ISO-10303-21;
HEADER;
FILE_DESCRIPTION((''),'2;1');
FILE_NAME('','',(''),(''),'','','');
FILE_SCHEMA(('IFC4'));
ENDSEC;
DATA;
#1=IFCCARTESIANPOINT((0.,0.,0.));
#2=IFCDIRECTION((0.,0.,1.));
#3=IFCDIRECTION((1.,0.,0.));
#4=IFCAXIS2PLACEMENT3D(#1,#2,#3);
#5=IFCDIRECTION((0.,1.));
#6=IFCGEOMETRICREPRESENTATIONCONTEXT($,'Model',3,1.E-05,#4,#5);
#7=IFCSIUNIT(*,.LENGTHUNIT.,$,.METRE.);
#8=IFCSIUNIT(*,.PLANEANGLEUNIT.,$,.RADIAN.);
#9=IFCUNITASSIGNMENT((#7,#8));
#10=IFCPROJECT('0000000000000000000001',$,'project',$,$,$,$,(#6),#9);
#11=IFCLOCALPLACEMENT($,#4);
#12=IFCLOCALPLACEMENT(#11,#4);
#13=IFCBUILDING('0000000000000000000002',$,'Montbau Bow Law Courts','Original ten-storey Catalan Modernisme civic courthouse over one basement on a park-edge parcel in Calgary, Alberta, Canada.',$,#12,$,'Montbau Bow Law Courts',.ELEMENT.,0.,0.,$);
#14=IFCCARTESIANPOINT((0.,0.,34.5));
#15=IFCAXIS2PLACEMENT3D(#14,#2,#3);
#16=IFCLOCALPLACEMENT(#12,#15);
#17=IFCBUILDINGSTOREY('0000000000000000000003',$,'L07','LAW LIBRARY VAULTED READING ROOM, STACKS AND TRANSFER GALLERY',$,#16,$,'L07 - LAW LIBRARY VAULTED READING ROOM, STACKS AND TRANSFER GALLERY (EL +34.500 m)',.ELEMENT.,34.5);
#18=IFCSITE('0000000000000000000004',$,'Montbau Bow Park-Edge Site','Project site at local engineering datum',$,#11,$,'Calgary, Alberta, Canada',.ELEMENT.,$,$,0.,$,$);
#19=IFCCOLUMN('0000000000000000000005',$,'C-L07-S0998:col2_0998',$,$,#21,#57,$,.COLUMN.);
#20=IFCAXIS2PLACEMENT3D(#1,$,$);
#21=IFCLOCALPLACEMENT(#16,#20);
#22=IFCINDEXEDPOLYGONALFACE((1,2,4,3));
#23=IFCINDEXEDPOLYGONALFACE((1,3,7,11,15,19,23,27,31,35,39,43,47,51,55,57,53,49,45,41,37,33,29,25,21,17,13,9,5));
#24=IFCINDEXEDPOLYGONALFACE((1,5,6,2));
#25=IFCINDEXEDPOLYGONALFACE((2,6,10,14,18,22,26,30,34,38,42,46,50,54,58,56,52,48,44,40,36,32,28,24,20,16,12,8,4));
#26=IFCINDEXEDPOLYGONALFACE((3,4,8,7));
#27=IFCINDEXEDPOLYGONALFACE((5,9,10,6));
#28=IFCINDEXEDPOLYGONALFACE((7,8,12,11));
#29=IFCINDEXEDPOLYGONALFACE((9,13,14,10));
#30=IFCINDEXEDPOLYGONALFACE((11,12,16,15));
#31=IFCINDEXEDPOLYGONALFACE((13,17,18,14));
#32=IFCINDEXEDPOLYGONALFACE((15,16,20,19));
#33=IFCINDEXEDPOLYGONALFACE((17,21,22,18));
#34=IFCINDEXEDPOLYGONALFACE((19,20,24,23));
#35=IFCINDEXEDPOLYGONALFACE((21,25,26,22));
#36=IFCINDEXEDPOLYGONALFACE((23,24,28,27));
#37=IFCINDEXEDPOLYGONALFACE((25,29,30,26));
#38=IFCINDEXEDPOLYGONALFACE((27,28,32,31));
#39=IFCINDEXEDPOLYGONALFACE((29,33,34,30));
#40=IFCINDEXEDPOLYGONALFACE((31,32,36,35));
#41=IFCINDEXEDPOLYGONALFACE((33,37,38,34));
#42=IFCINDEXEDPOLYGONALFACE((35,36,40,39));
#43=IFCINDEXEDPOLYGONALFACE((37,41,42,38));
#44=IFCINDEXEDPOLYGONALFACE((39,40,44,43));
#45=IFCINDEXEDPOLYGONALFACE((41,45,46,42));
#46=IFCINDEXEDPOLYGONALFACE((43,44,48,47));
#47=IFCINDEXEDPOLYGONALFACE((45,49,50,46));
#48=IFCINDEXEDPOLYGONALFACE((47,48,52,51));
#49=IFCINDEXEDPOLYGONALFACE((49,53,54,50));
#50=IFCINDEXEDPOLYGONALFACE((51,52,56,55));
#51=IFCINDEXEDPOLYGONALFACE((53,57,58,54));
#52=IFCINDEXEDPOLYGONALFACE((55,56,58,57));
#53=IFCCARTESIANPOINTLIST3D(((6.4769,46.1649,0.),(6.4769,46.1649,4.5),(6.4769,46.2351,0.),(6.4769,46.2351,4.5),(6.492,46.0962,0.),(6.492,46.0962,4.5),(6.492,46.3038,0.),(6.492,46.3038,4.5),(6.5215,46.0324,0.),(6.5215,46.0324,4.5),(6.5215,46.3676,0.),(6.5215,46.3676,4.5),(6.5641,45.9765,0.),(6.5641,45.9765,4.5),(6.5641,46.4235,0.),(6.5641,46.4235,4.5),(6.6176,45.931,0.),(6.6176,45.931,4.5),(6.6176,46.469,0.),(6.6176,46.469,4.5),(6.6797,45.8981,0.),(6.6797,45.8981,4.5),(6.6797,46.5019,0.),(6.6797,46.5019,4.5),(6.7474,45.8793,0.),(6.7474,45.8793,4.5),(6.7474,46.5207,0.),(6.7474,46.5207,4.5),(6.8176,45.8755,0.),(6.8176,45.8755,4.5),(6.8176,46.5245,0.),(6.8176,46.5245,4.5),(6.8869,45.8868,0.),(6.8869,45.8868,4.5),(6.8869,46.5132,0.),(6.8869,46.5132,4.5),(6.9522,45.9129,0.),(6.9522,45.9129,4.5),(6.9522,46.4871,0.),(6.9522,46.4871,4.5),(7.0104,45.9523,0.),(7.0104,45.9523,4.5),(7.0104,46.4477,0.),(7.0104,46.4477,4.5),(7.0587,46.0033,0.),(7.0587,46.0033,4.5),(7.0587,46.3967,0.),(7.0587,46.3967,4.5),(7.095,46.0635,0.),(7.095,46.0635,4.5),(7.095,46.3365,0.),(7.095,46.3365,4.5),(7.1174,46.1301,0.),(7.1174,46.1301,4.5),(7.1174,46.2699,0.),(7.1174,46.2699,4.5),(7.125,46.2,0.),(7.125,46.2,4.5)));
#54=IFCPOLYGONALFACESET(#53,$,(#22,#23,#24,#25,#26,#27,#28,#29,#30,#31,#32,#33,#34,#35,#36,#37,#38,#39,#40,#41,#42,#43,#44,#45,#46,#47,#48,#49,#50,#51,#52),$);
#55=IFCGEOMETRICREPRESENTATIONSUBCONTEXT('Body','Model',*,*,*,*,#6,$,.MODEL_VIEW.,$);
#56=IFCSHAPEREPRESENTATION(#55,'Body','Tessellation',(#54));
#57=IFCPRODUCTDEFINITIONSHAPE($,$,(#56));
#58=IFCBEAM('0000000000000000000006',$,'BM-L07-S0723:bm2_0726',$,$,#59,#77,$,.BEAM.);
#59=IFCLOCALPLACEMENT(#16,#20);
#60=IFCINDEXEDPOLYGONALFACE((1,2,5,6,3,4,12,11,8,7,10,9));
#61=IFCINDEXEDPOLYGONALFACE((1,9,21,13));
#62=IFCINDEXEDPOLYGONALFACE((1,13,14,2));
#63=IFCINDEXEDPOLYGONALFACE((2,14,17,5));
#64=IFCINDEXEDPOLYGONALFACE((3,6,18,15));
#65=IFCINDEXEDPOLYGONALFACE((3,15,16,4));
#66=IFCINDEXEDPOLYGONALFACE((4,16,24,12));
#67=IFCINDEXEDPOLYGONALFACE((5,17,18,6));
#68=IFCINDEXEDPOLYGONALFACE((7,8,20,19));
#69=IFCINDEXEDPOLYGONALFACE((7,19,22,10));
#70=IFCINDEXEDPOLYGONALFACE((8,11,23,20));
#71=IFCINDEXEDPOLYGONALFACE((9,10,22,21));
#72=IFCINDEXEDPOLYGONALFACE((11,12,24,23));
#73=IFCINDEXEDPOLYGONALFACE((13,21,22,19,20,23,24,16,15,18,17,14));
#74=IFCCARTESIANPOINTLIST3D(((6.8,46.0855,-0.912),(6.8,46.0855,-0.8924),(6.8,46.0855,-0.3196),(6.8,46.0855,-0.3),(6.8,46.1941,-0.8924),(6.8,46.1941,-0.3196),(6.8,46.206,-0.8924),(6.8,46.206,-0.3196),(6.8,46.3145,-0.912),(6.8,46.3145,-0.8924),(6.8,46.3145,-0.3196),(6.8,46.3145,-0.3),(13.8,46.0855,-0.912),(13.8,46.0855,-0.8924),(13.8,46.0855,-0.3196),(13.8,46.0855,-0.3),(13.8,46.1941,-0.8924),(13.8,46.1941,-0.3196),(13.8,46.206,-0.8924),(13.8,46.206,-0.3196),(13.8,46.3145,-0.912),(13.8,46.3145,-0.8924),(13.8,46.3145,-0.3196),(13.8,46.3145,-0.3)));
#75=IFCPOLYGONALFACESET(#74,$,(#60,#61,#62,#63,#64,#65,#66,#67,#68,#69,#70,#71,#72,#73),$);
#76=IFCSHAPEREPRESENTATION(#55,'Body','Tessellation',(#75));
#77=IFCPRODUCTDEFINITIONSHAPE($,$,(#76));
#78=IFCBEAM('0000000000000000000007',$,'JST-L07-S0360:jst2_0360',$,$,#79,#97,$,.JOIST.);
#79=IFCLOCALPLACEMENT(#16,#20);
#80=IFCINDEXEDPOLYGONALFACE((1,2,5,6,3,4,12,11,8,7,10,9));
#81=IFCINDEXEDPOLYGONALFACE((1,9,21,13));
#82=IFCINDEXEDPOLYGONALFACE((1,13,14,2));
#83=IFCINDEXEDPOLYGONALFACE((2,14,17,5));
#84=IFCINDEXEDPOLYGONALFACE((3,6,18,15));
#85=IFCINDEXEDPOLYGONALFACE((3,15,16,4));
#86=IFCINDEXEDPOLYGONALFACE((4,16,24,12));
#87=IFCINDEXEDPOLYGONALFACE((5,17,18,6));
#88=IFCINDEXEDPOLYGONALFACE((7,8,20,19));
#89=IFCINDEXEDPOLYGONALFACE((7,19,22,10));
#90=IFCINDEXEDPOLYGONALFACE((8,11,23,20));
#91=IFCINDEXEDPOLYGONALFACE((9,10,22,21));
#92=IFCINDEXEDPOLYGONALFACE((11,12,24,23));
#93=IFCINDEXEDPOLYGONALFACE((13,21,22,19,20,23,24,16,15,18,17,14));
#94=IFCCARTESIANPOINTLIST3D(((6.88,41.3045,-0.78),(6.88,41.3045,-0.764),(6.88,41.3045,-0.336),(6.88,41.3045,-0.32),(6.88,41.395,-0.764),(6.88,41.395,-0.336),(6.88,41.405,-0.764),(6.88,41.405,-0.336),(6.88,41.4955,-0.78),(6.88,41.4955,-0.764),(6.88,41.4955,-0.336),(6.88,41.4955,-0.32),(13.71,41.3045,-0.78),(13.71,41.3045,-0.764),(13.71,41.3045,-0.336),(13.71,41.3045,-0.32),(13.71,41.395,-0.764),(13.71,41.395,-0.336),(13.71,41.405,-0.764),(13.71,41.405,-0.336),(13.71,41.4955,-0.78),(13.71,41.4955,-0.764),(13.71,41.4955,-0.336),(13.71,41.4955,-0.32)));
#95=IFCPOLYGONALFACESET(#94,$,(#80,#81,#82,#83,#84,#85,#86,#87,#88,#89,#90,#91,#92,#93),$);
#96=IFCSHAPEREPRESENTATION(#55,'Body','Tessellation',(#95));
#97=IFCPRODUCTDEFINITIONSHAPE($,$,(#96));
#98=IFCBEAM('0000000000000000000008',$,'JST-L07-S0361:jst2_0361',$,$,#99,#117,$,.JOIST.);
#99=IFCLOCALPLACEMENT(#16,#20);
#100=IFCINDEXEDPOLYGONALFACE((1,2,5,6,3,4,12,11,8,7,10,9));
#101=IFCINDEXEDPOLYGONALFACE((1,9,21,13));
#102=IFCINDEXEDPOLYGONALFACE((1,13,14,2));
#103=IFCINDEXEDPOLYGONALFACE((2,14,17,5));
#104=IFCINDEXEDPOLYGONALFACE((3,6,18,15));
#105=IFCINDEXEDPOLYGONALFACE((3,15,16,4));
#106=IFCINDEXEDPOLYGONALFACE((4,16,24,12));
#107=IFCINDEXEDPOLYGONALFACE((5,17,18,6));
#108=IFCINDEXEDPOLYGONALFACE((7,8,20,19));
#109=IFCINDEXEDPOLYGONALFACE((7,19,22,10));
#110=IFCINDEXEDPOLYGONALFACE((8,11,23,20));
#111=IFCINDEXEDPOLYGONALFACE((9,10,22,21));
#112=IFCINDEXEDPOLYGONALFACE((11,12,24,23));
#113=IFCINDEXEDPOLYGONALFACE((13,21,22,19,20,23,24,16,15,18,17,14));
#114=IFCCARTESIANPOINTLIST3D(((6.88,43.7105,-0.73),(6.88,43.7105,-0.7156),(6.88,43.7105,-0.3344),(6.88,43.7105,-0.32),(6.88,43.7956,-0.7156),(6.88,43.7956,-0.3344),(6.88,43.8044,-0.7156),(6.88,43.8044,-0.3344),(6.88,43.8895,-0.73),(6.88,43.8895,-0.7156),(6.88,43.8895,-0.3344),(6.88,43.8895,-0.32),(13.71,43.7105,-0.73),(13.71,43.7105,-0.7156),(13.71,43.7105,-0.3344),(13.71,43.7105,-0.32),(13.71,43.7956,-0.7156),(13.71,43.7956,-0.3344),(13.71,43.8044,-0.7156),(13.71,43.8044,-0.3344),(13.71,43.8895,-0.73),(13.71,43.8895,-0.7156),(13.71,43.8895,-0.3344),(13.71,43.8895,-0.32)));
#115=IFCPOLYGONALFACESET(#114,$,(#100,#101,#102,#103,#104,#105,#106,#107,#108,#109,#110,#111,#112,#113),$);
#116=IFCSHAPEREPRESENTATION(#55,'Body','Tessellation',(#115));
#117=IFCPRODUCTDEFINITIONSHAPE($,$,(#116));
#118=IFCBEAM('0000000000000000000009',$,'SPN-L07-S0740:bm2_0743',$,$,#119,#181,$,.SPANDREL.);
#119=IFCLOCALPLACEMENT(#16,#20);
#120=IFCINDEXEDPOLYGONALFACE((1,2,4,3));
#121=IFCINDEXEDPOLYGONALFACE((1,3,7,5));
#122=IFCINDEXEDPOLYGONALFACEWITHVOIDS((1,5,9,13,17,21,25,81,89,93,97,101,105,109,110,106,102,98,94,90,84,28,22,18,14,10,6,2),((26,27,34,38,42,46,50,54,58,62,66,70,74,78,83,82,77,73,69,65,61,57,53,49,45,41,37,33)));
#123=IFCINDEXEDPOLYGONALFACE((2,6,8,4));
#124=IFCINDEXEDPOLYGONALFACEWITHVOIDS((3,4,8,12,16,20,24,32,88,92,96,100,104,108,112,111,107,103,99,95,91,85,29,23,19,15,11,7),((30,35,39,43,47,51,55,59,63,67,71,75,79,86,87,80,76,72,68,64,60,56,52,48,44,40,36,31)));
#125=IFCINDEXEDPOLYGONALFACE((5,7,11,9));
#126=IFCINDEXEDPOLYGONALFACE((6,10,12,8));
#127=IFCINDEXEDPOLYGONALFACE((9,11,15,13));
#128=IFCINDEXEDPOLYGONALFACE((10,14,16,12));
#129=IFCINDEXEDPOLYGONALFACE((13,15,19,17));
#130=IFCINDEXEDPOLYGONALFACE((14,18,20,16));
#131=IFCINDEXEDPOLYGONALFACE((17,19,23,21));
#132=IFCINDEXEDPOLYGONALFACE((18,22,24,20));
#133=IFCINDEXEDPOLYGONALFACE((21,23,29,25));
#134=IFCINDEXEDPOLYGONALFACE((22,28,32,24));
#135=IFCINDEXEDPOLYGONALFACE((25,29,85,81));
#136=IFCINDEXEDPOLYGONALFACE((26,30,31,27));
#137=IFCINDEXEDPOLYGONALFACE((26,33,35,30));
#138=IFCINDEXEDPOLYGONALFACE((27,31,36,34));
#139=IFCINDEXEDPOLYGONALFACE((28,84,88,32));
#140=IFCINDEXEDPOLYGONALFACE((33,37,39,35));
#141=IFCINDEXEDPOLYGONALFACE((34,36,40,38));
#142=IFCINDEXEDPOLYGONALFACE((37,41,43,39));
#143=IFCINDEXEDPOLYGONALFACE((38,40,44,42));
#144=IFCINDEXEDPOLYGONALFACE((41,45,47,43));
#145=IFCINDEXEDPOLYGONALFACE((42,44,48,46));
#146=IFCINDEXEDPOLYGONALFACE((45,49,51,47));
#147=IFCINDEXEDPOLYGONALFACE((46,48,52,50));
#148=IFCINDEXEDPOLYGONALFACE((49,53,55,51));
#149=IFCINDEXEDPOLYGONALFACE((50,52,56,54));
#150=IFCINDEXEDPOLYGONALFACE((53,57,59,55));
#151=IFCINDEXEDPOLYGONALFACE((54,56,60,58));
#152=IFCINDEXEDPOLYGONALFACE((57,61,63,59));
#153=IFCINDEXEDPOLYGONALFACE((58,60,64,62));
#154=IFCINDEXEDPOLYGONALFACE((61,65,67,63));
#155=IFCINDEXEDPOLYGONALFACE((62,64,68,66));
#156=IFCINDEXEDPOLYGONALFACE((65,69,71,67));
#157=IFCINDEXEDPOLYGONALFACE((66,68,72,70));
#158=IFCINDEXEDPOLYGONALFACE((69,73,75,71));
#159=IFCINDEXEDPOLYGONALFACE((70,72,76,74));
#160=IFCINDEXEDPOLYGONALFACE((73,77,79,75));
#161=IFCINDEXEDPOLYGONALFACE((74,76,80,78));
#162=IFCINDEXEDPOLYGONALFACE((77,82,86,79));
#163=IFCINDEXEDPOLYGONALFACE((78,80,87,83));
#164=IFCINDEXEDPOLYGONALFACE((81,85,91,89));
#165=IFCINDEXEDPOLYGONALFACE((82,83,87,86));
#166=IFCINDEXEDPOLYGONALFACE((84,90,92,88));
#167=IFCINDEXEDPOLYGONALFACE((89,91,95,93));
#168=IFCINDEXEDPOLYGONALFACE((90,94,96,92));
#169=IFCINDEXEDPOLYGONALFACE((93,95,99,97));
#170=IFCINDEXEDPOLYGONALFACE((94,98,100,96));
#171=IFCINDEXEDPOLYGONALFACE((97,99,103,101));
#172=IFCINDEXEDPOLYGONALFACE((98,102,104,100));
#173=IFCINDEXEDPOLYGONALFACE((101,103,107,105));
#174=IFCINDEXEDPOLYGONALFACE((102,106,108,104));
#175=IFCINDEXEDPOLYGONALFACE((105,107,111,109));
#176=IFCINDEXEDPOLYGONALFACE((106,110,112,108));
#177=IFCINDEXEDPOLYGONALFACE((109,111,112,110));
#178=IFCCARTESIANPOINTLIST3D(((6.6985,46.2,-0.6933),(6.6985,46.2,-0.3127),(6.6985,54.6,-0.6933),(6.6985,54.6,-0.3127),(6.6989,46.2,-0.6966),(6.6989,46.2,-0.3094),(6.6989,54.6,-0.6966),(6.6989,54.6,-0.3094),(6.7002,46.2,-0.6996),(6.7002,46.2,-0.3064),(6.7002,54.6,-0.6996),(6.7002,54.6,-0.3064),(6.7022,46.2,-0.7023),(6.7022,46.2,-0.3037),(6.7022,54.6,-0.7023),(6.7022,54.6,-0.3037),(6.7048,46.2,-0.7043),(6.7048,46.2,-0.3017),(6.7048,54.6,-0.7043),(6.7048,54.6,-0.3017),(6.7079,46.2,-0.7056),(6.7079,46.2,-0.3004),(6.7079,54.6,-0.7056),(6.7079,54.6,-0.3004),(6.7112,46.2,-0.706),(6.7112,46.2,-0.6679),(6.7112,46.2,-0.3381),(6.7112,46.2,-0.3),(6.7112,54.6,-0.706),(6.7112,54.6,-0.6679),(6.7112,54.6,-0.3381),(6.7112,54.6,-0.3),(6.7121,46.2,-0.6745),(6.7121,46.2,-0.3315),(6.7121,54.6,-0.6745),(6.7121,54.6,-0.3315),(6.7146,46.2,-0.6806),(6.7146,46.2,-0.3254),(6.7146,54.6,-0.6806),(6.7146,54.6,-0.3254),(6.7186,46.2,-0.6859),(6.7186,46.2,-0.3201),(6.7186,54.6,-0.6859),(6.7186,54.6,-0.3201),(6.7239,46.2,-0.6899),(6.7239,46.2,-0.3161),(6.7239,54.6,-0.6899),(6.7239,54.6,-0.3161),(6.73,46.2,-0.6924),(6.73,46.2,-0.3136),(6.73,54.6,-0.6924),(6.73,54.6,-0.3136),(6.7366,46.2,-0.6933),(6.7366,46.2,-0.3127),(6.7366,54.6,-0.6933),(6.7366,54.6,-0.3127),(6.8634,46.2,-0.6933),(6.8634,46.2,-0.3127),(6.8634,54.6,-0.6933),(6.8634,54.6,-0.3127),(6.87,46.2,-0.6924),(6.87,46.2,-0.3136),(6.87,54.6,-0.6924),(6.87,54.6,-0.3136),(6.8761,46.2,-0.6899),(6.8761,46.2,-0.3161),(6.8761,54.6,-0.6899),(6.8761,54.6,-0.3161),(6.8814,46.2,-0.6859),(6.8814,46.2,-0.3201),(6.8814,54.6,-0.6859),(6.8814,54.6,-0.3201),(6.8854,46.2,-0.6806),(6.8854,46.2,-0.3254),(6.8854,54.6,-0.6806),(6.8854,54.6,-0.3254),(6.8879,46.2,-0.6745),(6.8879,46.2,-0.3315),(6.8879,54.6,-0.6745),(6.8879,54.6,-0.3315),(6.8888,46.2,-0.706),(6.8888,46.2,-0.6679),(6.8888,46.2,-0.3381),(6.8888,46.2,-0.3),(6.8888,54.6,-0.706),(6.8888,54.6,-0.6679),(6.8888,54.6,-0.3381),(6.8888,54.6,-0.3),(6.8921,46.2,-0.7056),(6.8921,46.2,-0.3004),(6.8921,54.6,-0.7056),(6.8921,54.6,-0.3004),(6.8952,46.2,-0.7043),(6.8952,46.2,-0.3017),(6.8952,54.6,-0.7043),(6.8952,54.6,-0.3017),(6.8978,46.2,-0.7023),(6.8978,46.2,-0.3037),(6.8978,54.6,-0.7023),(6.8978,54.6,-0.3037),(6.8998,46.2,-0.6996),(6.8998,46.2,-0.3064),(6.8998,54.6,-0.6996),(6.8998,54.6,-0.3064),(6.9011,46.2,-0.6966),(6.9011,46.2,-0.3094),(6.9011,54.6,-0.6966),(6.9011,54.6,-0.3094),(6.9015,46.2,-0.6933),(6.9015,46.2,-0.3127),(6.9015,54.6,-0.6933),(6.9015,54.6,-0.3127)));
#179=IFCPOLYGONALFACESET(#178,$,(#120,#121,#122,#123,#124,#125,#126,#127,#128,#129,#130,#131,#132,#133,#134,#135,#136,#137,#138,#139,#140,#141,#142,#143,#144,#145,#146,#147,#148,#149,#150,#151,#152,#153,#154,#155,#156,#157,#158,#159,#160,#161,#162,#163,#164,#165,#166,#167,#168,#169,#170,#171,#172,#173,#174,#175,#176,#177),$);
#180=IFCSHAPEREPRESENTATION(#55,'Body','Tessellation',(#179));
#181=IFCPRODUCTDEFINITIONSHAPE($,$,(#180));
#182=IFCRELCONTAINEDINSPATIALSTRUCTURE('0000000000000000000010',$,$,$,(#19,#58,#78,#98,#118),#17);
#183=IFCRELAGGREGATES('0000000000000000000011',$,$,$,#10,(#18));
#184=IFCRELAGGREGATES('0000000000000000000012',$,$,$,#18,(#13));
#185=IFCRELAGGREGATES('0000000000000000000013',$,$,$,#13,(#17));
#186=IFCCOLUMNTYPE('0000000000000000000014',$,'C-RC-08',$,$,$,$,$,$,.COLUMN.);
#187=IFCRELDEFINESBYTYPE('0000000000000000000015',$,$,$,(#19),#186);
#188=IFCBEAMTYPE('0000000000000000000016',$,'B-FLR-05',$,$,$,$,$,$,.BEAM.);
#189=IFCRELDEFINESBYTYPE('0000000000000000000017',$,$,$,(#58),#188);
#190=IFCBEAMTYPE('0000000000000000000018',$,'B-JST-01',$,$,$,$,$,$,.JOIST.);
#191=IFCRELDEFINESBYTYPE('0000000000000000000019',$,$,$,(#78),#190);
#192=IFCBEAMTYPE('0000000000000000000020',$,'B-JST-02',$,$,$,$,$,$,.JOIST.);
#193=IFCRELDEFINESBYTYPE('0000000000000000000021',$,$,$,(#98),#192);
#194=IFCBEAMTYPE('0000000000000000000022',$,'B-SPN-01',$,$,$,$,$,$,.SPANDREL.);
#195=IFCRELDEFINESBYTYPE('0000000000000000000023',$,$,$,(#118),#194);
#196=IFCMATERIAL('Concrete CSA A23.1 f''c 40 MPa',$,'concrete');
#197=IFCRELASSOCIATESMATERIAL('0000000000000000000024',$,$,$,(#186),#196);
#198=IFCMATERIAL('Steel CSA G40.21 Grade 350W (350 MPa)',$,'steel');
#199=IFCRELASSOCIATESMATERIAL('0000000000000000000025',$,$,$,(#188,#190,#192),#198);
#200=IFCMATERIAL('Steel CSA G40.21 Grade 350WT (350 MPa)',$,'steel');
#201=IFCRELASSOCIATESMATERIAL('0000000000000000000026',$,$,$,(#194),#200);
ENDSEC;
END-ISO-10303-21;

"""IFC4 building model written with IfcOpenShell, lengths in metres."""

from ifc_helpers import new_model, si_unit, direction, frame, origin_with_axes, origin_2d_with_axis, place, context, subcontext, project, spatial, hollow_rectangle, circle, i_section, extrude, material, material_profile, profile_set, type_object, element, save


model = new_model("IFC4")

# Units and contexts
model_context = context("Model", 3, precision=1e-05, world=origin_with_axes(), true_north=direction((0.0, 1.0)))
body_context = subcontext(model_context, "Body", "Model", "MODEL_VIEW")
ifc_project = project(units=[si_unit("LENGTHUNIT", "METRE"), si_unit("PLANEANGLEUNIT", "RADIAN")], contexts=[model_context])

# Site, building, storey
site_placement = place(None, origin_with_axes())
site = spatial("IfcSite", under=ifc_project, at=site_placement, Name="Montbau Bow Park-Edge Site", Description="Project site at local engineering datum", LongName="Calgary, Alberta, Canada", CompositionType="ELEMENT", RefElevation=0.0)
building_placement = place(site_placement, origin_with_axes())
building = spatial("IfcBuilding", under=site, at=building_placement, Name="Montbau Bow Law Courts", Description="Original ten-storey Catalan Modernisme civic courthouse over one basement on a park-edge parcel in Calgary, Alberta, Canada.", LongName="Montbau Bow Law Courts", CompositionType="ELEMENT", ElevationOfRefHeight=0.0, ElevationOfTerrain=0.0)
storey_placement = place(building_placement, frame((0.0, 0.0, 34.5), z_axis=(0.0, 0.0, 1.0), x_axis=(1.0, 0.0, 0.0)))
storey = spatial("IfcBuildingStorey", under=building, at=storey_placement, Name="L07", Description="LAW LIBRARY VAULTED READING ROOM, STACKS AND TRANSFER GALLERY", LongName="L07 - LAW LIBRARY VAULTED READING ROOM, STACKS AND TRANSFER GALLERY (EL +34.500 m)", CompositionType="ELEMENT", Elevation=34.5)

# Column
ifc_material_1 = material(Name="Concrete CSA A23.1 f'c 40 MPa", Category="concrete")
ifc_material_profile_1 = material_profile(ifc_material_1, circle(Radius=0.325, at=origin_2d_with_axis()), Name="RC650D", Category="Main", Priority=0)
ifc_profile_set_1 = profile_set([ifc_material_profile_1], Name="Concrete CSA A23.1 f'c 40 MPa")
column_type = type_object("IfcColumnType", Name="C-RC-08", PredefinedType="COLUMN", material=ifc_profile_set_1)
column_placement = place(None, frame((6.8, 46.2, 34.5), z_axis=(0.0, 0.0, 1.0), x_axis=(1.0, 0.0, 0.0)))
element("IfcColumn", 1, at=column_placement, inside=storey, type_object=column_type, Name="C-L07-S0998:col2_0998", PredefinedType="COLUMN", context=body_context, shape_type="SweptSolid", body=[
    extrude(circle(Radius=0.325, at=origin_2d_with_axis()), origin_with_axes(), (0.0, 0.0, 1.0), 4.5),
])

# Beams
ifc_material_2 = material(Name="Steel CSA G40.21 Grade 350W (350 MPa)", Category="steel")
ifc_material_profile_2 = material_profile(ifc_material_2, i_section(OverallWidth=0.229, OverallDepth=0.612, WebThickness=0.0119, FlangeThickness=0.0196, at=origin_2d_with_axis()), Name="W610X125", Category="Main", Priority=0)
ifc_profile_set_2 = profile_set([ifc_material_profile_2], Name="Steel CSA G40.21 Grade 350W (350 MPa)")
beam_type_1 = type_object("IfcBeamType", Name="B-FLR-05", PredefinedType="BEAM", material=ifc_profile_set_2)
beam_1_placement = place(None, frame((6.8, 46.2, 33.894), z_axis=(1.0, 0.0, 0.0), x_axis=(0.0, 1.0, 0.0)))
element("IfcBeam", 2, at=beam_1_placement, inside=storey, type_object=beam_type_1, Name="BM-L07-S0723:bm2_0726", PredefinedType="BEAM", context=body_context, shape_type="SweptSolid", body=[
    extrude(i_section(OverallWidth=0.229, OverallDepth=0.612, WebThickness=0.0119, FlangeThickness=0.0196, at=origin_2d_with_axis()), origin_with_axes(), (0.0, 0.0, 1.0), 7.0),
])
ifc_material_profile_3 = material_profile(ifc_material_2, i_section(OverallWidth=0.191, OverallDepth=0.46, WebThickness=0.0099, FlangeThickness=0.016, at=origin_2d_with_axis()), Name="W460X82", Category="Main", Priority=0)
ifc_profile_set_3 = profile_set([ifc_material_profile_3], Name="Steel CSA G40.21 Grade 350W (350 MPa)")
beam_type_2 = type_object("IfcBeamType", Name="B-JST-01", PredefinedType="JOIST", material=ifc_profile_set_3)
beam_2_placement = place(None, frame((6.88, 41.4, 33.95), z_axis=(1.0, 0.0, 0.0), x_axis=(0.0, 1.0, 0.0)))
element("IfcBeam", 3, at=beam_2_placement, inside=storey, type_object=beam_type_2, Name="JST-L07-S0360:jst2_0360", PredefinedType="JOIST", context=body_context, shape_type="SweptSolid", body=[
    extrude(i_section(OverallWidth=0.191, OverallDepth=0.46, WebThickness=0.0099, FlangeThickness=0.016, at=origin_2d_with_axis()), origin_with_axes(), (0.0, 0.0, 1.0), 6.83),
])
ifc_material_profile_4 = material_profile(ifc_material_2, i_section(OverallWidth=0.179, OverallDepth=0.41, WebThickness=0.0088, FlangeThickness=0.0144, at=origin_2d_with_axis()), Name="W410X67", Category="Main", Priority=0)
ifc_profile_set_4 = profile_set([ifc_material_profile_4], Name="Steel CSA G40.21 Grade 350W (350 MPa)")
beam_type_3 = type_object("IfcBeamType", Name="B-JST-02", PredefinedType="JOIST", material=ifc_profile_set_4)
beam_3_placement = place(None, frame((6.88, 43.8, 33.975), z_axis=(1.0, 0.0, 0.0), x_axis=(0.0, 1.0, 0.0)))
element("IfcBeam", 4, at=beam_3_placement, inside=storey, type_object=beam_type_3, Name="JST-L07-S0361:jst2_0361", PredefinedType="JOIST", context=body_context, shape_type="SweptSolid", body=[
    extrude(i_section(OverallWidth=0.179, OverallDepth=0.41, WebThickness=0.0088, FlangeThickness=0.0144, at=origin_2d_with_axis()), origin_with_axes(), (0.0, 0.0, 1.0), 6.83),
])
ifc_material_3 = material(Name="Steel CSA G40.21 Grade 350WT (350 MPa)", Category="steel")
ifc_material_profile_5 = material_profile(ifc_material_3, hollow_rectangle(XDim=0.203, YDim=0.406, WallThickness=0.0127, InnerFilletRadius=0.0254, OuterFilletRadius=0.0127, at=origin_2d_with_axis()), Name="HSS406X203X13", Category="Main", Priority=0)
ifc_profile_set_5 = profile_set([ifc_material_profile_5], Name="Steel CSA G40.21 Grade 350WT (350 MPa)")
beam_type_4 = type_object("IfcBeamType", Name="B-SPN-01", PredefinedType="SPANDREL", material=ifc_profile_set_5)
beam_4_placement = place(None, frame((6.8, 46.2, 33.997), z_axis=(0.0, 1.0, 0.0), x_axis=(-1.0, 0.0, 0.0)))
element("IfcBeam", 5, at=beam_4_placement, inside=storey, type_object=beam_type_4, Name="SPN-L07-S0740:bm2_0743", PredefinedType="SPANDREL", context=body_context, shape_type="SweptSolid", body=[
    extrude(hollow_rectangle(XDim=0.203, YDim=0.406, WallThickness=0.0127, InnerFilletRadius=0.0254, OuterFilletRadius=0.0127, at=origin_2d_with_axis()), origin_with_axes(), (0.0, 0.0, 1.0), 8.4),
])

save(model, "model.ifc")
